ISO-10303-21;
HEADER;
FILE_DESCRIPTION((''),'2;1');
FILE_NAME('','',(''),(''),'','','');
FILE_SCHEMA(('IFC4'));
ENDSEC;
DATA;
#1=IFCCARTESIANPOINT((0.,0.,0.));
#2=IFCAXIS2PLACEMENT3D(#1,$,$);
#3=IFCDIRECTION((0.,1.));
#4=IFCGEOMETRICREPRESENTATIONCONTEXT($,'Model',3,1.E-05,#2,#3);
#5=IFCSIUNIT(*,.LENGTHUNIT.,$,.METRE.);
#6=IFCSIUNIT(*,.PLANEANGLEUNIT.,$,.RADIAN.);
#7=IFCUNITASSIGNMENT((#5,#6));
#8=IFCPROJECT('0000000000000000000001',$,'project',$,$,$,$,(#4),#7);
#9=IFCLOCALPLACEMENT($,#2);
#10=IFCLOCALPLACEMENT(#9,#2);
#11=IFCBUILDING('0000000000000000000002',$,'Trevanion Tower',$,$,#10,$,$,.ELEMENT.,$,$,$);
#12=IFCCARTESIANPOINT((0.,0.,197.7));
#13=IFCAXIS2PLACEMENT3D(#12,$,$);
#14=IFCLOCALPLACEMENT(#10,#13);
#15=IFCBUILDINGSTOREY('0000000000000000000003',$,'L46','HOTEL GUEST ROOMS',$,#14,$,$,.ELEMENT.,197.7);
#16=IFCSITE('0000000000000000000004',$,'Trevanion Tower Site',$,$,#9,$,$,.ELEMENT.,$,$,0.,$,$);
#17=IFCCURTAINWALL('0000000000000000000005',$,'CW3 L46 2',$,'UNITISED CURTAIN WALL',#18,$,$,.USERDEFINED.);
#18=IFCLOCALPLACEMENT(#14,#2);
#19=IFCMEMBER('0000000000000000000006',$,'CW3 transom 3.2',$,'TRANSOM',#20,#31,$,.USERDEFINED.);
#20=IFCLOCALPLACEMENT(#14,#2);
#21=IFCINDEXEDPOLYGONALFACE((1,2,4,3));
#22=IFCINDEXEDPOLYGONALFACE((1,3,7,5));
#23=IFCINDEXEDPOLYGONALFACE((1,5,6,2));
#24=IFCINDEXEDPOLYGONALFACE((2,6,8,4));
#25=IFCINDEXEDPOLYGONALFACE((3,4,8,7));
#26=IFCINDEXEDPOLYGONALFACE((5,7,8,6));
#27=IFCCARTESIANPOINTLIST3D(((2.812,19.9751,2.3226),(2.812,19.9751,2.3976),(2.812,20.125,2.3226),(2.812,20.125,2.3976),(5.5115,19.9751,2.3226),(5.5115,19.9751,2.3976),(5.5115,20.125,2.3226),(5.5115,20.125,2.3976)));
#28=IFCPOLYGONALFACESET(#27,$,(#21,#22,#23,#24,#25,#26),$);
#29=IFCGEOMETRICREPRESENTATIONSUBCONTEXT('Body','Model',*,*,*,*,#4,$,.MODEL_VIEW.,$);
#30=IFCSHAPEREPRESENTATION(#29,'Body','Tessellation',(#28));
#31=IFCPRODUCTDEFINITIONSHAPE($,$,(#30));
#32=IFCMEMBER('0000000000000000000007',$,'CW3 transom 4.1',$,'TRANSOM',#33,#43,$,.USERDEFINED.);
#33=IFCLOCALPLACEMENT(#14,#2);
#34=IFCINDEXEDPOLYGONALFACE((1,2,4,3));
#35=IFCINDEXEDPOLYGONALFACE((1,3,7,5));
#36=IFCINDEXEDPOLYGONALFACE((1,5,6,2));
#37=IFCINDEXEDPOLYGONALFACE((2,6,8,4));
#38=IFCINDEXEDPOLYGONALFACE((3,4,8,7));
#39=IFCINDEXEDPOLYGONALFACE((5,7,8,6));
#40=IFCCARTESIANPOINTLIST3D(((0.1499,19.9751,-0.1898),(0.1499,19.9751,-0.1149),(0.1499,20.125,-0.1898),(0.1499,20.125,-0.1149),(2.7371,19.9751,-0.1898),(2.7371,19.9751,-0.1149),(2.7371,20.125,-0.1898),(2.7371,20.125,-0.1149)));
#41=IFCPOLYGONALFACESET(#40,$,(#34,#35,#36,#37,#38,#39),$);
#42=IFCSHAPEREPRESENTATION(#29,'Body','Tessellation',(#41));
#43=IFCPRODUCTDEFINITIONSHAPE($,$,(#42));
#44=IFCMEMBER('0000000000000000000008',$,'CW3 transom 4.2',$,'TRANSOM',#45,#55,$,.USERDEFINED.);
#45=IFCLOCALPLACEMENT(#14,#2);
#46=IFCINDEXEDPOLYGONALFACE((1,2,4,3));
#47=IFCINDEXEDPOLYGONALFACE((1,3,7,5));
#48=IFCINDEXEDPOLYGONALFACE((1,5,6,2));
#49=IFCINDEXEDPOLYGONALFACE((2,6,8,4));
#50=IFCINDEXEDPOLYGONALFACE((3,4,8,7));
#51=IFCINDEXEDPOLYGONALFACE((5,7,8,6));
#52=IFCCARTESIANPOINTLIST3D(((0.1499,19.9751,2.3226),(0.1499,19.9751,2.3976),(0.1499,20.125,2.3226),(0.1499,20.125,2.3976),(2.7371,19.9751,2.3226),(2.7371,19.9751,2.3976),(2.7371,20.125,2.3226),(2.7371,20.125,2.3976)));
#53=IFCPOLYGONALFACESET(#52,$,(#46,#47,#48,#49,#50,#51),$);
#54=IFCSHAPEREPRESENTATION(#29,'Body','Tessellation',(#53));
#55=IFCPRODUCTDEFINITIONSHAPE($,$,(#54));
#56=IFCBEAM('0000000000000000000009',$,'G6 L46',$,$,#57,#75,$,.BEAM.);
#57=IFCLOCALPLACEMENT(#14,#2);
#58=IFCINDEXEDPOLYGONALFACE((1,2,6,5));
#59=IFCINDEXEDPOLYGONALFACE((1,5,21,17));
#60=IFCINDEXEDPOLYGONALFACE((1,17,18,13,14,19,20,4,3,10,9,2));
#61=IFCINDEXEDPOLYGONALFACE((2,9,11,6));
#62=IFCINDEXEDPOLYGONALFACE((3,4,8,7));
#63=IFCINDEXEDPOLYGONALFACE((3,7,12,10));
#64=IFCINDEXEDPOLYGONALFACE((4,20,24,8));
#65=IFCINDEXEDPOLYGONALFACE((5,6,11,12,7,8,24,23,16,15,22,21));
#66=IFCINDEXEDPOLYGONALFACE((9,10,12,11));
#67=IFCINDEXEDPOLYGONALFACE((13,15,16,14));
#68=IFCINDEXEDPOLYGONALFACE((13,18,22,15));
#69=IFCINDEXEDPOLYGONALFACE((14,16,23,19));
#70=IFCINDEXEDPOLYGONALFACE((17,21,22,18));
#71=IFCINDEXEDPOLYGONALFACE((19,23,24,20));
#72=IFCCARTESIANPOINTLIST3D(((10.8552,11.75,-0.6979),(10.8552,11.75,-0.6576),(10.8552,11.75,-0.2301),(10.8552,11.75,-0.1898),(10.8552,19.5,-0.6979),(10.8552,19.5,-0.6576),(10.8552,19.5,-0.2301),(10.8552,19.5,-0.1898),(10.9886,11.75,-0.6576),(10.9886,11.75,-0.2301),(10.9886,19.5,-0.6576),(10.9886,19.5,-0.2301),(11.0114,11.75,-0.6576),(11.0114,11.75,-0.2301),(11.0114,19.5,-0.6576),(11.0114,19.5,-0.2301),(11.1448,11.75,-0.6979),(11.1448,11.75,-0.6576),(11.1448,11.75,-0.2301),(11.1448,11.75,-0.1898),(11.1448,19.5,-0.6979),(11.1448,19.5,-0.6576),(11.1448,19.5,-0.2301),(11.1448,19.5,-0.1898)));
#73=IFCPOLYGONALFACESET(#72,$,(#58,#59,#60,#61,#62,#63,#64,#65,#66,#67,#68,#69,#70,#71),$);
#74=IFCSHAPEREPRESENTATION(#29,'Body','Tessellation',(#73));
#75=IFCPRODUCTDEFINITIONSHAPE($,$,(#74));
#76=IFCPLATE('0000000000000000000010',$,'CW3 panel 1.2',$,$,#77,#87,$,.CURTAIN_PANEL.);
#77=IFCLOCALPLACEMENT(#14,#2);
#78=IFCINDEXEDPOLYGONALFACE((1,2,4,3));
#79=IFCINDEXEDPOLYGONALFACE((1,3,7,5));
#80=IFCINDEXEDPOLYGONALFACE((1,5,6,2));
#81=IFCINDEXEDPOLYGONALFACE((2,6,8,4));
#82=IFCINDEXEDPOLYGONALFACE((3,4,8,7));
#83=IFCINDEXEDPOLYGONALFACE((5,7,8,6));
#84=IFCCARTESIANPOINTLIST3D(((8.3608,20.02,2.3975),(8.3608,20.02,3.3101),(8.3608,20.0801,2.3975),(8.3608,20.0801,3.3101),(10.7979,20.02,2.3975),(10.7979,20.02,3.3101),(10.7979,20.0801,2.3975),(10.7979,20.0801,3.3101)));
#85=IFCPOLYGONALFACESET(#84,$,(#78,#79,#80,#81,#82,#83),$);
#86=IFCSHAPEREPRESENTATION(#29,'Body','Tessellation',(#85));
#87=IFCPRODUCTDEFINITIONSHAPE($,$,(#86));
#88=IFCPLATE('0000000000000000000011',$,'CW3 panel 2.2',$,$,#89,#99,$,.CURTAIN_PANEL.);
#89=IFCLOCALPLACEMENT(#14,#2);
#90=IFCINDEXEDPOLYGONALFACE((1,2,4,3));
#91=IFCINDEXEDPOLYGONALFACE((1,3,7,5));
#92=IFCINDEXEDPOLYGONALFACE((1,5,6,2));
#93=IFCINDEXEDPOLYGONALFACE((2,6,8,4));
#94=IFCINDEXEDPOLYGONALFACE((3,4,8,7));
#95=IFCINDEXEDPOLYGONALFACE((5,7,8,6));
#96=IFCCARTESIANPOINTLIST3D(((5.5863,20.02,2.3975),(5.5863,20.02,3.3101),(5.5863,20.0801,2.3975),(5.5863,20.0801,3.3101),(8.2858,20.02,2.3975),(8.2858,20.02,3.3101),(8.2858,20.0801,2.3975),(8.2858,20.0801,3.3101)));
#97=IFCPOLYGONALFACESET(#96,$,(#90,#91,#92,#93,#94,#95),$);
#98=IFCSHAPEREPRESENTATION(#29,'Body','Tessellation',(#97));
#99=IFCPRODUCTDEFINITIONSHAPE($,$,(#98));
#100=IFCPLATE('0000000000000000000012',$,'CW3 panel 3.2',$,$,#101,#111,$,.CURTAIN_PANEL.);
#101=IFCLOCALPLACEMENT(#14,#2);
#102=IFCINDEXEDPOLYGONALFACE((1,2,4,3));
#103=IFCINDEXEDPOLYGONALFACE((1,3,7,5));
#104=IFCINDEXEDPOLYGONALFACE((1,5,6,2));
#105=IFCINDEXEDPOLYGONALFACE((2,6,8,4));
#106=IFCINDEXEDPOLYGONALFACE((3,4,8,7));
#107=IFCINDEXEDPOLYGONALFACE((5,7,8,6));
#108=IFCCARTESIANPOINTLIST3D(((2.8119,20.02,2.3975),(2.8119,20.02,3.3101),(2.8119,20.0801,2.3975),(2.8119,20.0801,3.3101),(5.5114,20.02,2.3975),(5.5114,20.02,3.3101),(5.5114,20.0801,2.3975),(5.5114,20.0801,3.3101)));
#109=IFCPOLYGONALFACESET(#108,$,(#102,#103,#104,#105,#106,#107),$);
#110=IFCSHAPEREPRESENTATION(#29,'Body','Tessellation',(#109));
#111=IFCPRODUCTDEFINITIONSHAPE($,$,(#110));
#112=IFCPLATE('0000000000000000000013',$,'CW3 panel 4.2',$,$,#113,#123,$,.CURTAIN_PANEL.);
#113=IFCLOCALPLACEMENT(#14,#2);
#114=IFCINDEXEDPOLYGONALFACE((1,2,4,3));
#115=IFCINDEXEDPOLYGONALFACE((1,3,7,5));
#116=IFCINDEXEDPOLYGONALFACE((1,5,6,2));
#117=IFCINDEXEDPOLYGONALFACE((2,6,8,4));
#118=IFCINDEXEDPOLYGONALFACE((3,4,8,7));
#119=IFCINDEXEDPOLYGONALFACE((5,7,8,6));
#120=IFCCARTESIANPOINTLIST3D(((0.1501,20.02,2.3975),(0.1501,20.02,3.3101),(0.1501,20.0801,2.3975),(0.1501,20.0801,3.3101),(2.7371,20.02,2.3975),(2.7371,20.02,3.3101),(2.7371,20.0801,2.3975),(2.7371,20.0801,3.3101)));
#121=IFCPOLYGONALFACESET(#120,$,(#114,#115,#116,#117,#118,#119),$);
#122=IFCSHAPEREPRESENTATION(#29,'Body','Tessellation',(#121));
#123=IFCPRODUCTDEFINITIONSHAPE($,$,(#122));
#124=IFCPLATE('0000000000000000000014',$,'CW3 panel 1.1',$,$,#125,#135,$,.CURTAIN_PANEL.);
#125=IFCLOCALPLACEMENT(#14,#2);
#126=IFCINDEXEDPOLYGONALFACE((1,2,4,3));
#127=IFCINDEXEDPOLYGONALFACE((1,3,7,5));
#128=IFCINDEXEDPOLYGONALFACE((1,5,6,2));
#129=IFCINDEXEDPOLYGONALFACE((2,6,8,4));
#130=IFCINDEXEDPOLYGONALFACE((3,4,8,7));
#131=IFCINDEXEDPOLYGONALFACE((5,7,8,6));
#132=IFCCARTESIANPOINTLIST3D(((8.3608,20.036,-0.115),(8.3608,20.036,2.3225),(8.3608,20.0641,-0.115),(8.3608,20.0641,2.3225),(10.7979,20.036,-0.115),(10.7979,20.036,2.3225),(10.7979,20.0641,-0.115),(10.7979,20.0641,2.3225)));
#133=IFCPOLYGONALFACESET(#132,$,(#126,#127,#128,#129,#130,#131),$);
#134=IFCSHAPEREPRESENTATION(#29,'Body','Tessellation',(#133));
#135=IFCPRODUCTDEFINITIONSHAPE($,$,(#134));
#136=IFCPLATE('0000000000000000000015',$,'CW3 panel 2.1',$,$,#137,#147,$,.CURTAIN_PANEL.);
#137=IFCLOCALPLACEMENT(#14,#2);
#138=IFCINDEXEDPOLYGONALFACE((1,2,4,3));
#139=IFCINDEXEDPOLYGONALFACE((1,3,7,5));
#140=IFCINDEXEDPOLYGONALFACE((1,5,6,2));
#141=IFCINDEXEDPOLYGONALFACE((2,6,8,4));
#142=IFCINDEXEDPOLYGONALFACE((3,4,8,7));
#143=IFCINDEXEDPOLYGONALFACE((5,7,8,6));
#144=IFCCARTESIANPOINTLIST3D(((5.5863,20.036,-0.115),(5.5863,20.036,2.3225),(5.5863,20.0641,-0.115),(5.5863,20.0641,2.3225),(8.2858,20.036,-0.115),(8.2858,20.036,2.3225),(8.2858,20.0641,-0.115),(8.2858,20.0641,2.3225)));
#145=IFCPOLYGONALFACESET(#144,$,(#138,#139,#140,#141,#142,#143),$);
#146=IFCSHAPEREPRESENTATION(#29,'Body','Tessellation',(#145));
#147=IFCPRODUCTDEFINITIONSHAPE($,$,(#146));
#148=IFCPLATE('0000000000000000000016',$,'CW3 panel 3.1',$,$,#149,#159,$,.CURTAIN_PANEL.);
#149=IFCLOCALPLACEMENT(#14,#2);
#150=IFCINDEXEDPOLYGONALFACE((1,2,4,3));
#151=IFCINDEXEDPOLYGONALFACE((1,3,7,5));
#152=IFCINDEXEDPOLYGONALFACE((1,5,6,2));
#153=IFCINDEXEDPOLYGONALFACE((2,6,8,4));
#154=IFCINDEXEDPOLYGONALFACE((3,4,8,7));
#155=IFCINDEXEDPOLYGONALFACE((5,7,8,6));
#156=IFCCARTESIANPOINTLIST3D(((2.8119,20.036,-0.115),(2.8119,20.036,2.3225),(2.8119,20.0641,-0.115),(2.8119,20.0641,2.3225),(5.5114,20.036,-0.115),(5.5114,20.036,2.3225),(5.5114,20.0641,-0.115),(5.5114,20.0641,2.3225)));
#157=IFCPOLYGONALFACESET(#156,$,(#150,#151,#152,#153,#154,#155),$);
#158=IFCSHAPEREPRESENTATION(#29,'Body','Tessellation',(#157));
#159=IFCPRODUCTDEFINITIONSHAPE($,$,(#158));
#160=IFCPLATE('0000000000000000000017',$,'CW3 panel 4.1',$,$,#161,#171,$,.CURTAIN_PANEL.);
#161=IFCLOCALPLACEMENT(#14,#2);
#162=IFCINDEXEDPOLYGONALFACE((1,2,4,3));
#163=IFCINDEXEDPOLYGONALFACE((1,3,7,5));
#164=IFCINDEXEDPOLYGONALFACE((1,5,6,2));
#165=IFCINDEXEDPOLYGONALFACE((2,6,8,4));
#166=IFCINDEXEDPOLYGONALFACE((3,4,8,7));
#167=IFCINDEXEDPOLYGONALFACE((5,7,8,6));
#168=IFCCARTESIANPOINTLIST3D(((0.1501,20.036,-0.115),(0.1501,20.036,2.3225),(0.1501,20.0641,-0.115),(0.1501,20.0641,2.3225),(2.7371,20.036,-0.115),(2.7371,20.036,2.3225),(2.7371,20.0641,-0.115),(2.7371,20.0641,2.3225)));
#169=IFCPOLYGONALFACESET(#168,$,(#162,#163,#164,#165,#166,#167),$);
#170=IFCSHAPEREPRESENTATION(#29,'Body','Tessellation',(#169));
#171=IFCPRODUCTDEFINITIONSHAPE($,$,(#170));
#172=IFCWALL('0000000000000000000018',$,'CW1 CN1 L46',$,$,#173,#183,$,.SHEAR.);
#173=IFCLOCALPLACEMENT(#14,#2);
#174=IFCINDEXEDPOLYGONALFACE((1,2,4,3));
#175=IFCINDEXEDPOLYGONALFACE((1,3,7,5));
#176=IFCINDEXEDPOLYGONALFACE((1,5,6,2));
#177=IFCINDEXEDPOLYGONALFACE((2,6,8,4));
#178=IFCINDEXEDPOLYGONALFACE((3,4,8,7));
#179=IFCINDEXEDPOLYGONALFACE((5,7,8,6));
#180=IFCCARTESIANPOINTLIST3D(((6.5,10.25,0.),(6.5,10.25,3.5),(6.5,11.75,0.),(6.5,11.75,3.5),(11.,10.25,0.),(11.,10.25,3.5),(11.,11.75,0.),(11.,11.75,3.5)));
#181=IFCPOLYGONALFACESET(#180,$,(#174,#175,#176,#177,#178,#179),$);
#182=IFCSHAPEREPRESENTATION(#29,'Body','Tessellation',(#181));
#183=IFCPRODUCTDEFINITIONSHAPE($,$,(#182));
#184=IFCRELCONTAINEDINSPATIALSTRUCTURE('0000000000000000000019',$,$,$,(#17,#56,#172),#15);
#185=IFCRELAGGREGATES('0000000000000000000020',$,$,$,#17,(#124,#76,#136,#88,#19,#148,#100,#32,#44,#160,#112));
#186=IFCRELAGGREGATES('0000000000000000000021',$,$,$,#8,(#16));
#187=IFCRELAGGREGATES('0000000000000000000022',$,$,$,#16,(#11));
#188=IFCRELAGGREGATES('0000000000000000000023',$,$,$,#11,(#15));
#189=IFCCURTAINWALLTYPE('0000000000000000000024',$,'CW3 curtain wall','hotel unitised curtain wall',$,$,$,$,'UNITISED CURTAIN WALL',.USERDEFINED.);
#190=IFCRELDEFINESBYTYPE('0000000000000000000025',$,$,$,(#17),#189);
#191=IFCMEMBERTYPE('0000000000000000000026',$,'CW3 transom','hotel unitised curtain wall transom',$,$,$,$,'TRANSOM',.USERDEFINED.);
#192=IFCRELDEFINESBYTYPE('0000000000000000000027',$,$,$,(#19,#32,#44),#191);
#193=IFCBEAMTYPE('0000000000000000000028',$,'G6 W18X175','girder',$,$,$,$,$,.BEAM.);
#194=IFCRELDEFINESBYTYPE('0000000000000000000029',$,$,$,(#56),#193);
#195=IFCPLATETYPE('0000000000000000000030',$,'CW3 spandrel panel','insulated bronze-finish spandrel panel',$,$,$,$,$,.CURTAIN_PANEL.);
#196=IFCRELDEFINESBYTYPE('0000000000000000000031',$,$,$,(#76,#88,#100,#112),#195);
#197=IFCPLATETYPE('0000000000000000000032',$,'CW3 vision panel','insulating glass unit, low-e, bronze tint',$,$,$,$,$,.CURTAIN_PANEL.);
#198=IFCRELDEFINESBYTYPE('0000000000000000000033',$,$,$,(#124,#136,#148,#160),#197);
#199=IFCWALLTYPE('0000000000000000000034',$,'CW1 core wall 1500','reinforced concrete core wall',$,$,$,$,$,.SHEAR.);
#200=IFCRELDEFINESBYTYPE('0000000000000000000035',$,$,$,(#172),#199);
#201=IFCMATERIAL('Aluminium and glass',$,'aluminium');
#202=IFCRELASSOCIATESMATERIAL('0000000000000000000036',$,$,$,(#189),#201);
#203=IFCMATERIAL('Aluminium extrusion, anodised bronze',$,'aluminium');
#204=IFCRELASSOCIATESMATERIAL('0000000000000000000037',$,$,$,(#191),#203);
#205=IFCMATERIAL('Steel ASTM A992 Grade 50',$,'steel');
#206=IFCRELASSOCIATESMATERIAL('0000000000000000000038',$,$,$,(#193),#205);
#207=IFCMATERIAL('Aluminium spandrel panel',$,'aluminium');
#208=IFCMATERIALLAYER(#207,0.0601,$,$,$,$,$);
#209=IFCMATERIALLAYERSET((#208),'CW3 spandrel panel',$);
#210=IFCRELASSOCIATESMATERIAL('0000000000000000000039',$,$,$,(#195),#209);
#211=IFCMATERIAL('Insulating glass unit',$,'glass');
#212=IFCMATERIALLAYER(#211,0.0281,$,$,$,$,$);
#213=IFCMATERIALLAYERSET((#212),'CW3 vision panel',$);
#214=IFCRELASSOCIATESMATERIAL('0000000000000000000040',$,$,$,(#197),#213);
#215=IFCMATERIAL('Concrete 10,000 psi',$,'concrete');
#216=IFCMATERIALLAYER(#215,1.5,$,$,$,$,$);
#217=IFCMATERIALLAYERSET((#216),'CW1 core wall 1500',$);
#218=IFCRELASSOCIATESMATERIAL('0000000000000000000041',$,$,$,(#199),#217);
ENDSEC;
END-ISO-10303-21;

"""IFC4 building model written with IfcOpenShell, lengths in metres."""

from ifc_helpers import new_model, si_unit, direction, frame, frame_2d, origin, origin_2d, place, context, subcontext, project, spatial, rectangle, i_section, extrude, material, layer, layer_set, material_profile, profile_set, type_object, element, aggregate, save


model = new_model("IFC4")

# Units and contexts
model_context = context("Model", 3, precision=1e-05, world=origin(), true_north=direction((0.0, 1.0)))
body_context = subcontext(model_context, "Body", "Model", "MODEL_VIEW")
ifc_project = project(units=[si_unit("LENGTHUNIT", "METRE"), si_unit("PLANEANGLEUNIT", "RADIAN")], contexts=[model_context])

# Site, building, storey
site_placement = place(None, origin())
site = spatial("IfcSite", under=ifc_project, at=site_placement, Name="Trevanion Tower Site", CompositionType="ELEMENT", RefElevation=0.0)
building_placement = place(site_placement, origin())
building = spatial("IfcBuilding", under=site, at=building_placement, Name="Trevanion Tower", CompositionType="ELEMENT")
storey_placement = place(building_placement, frame((0.0, 0.0, 197.7)))
storey = spatial("IfcBuildingStorey", under=building, at=storey_placement, Name="L46", Description="HOTEL GUEST ROOMS", CompositionType="ELEMENT", Elevation=197.7)

# Curtain wall, members
ifc_material_1 = material(Name="Aluminium and glass", Category="aluminium")
curtain_wall_type = type_object("IfcCurtainWallType", Name="CW3 curtain wall", Description="hotel unitised curtain wall", ElementType="UNITISED CURTAIN WALL", PredefinedType="USERDEFINED", material=ifc_material_1)
curtain_wall_placement = place(storey_placement, origin())
curtain_wall = element("IfcCurtainWall", 1, at=curtain_wall_placement, inside=storey, type_object=curtain_wall_type, Name="CW3 L46 2", ObjectType="UNITISED CURTAIN WALL", PredefinedType="USERDEFINED")
ifc_material_2 = material(Name="Aluminium extrusion, anodised bronze", Category="aluminium")
ifc_material_profile_1 = material_profile(ifc_material_2, rectangle(XDim=0.1499, YDim=0.075, at=origin_2d()), Name="CW3 transom")
ifc_profile_set_1 = profile_set([ifc_material_profile_1], Name="Aluminium extrusion, anodised bronze")
member_type_1 = type_object("IfcMemberType", Name="CW3 transom", Description="hotel unitised curtain wall transom", ElementType="TRANSOM", PredefinedType="USERDEFINED", material=ifc_profile_set_1)
member_1_placement = place(storey_placement, frame((5.5115, 20.05, 2.3601), z_axis=(-1.0, 0.0, 0.0), x_axis=(0.0, -1.0, 0.0)))
member_1 = element("IfcMember", 2, at=member_1_placement, type_object=member_type_1, Name="CW3 transom 3.2", ObjectType="TRANSOM", PredefinedType="USERDEFINED", context=body_context, shape_type="SweptSolid", body=[
    extrude(rectangle(XDim=0.1499, YDim=0.075, at=origin_2d()), origin(), (0.0, 0.0, 1.0), 2.6995),
])
member_2_placement = place(storey_placement, frame((2.7371, 20.05, -0.1523), z_axis=(-1.0, 0.0, 0.0), x_axis=(0.0, -1.0, 0.0)))
member_2 = element("IfcMember", 3, at=member_2_placement, type_object=member_type_1, Name="CW3 transom 4.1", ObjectType="TRANSOM", PredefinedType="USERDEFINED", context=body_context, shape_type="SweptSolid", body=[
    extrude(rectangle(XDim=0.1499, YDim=0.075, at=origin_2d()), origin(), (0.0, 0.0, 1.0), 2.5872),
])
member_3_placement = place(storey_placement, frame((2.7371, 20.05, 2.3601), z_axis=(-1.0, 0.0, 0.0), x_axis=(0.0, -1.0, 0.0)))
member_3 = element("IfcMember", 4, at=member_3_placement, type_object=member_type_1, Name="CW3 transom 4.2", ObjectType="TRANSOM", PredefinedType="USERDEFINED", context=body_context, shape_type="SweptSolid", body=[
    extrude(rectangle(XDim=0.1499, YDim=0.075, at=origin_2d()), origin(), (0.0, 0.0, 1.0), 2.5872),
])

# Beam
ifc_material_3 = material(Name="Steel ASTM A992 Grade 50", Category="steel")
ifc_material_profile_2 = material_profile(ifc_material_3, i_section(OverallWidth=0.2896, OverallDepth=0.5081, WebThickness=0.0227, FlangeThickness=0.0403, at=origin_2d()), Name="W18X175")
ifc_profile_set_2 = profile_set([ifc_material_profile_2], Name="Steel ASTM A992 Grade 50")
beam_type_1 = type_object("IfcBeamType", Name="G6 W18X175", Description="girder", PredefinedType="BEAM", material=ifc_profile_set_2)
beam_placement = place(storey_placement, frame((11.0, 11.75, -0.4438), z_axis=(0.0, 1.0, 0.0), x_axis=(-1.0, 0.0, 0.0)))
element("IfcBeam", 5, at=beam_placement, inside=storey, type_object=beam_type_1, Name="G6 L46", PredefinedType="BEAM", context=body_context, shape_type="SweptSolid", body=[
    extrude(i_section(OverallWidth=0.2896, OverallDepth=0.5081, WebThickness=0.0227, FlangeThickness=0.0403, at=origin_2d()), origin(), (0.0, 0.0, 1.0), 7.75),
])

# Plates
ifc_material_4 = material(Name="Aluminium spandrel panel", Category="aluminium")
ifc_layer_1 = layer(ifc_material_4, 0.0601)
ifc_layer_set_1 = layer_set([ifc_layer_1], Name="CW3 spandrel panel")
plate_type_1 = type_object("IfcPlateType", Name="CW3 spandrel panel", Description="insulated bronze-finish spandrel panel", PredefinedType="CURTAIN_PANEL", material=ifc_layer_set_1)
plate_1_placement = place(storey_placement, frame((9.5793, 20.05, 2.3975), z_axis=(0.0, 0.0, 1.0), x_axis=(-1.0, 0.0, 0.0)))
plate_1 = element("IfcPlate", 6, at=plate_1_placement, type_object=plate_type_1, Name="CW3 panel 1.2", PredefinedType="CURTAIN_PANEL", context=body_context, shape_type="SweptSolid", body=[
    extrude(rectangle(XDim=2.437, YDim=0.0601, at=origin_2d()), origin(), (0.0, 0.0, 1.0), 0.9126),
])
plate_2_placement = place(storey_placement, frame((6.936, 20.05, 2.3975), z_axis=(0.0, 0.0, 1.0), x_axis=(-1.0, 0.0, 0.0)))
plate_2 = element("IfcPlate", 7, at=plate_2_placement, type_object=plate_type_1, Name="CW3 panel 2.2", PredefinedType="CURTAIN_PANEL", context=body_context, shape_type="SweptSolid", body=[
    extrude(rectangle(XDim=2.6995, YDim=0.0601, at=origin_2d()), origin(), (0.0, 0.0, 1.0), 0.9126),
])
plate_3_placement = place(storey_placement, frame((4.1616, 20.05, 2.3975), z_axis=(0.0, 0.0, 1.0), x_axis=(-1.0, 0.0, 0.0)))
plate_3 = element("IfcPlate", 8, at=plate_3_placement, type_object=plate_type_1, Name="CW3 panel 3.2", PredefinedType="CURTAIN_PANEL", context=body_context, shape_type="SweptSolid", body=[
    extrude(rectangle(XDim=2.6995, YDim=0.0601, at=origin_2d()), origin(), (0.0, 0.0, 1.0), 0.9126),
])
plate_4_placement = place(storey_placement, frame((1.4436, 20.05, 2.3975), z_axis=(0.0, 0.0, 1.0), x_axis=(-1.0, 0.0, 0.0)))
plate_4 = element("IfcPlate", 9, at=plate_4_placement, type_object=plate_type_1, Name="CW3 panel 4.2", PredefinedType="CURTAIN_PANEL", context=body_context, shape_type="SweptSolid", body=[
    extrude(rectangle(XDim=2.5869, YDim=0.0601, at=origin_2d()), origin(), (0.0, 0.0, 1.0), 0.9126),
])
ifc_material_5 = material(Name="Insulating glass unit", Category="glass")
ifc_layer_2 = layer(ifc_material_5, 0.0281)
ifc_layer_set_2 = layer_set([ifc_layer_2], Name="CW3 vision panel")
plate_type_2 = type_object("IfcPlateType", Name="CW3 vision panel", Description="insulating glass unit, low-e, bronze tint", PredefinedType="CURTAIN_PANEL", material=ifc_layer_set_2)
plate_5_placement = place(storey_placement, frame((9.5793, 20.05, -0.115), z_axis=(0.0, 0.0, 1.0), x_axis=(-1.0, 0.0, 0.0)))
plate_5 = element("IfcPlate", 10, at=plate_5_placement, type_object=plate_type_2, Name="CW3 panel 1.1", PredefinedType="CURTAIN_PANEL", context=body_context, shape_type="SweptSolid", body=[
    extrude(rectangle(XDim=2.437, YDim=0.0281, at=origin_2d()), origin(), (0.0, 0.0, 1.0), 2.4375),
])
plate_6_placement = place(storey_placement, frame((6.936, 20.05, -0.115), z_axis=(0.0, 0.0, 1.0), x_axis=(-1.0, 0.0, 0.0)))
plate_6 = element("IfcPlate", 11, at=plate_6_placement, type_object=plate_type_2, Name="CW3 panel 2.1", PredefinedType="CURTAIN_PANEL", context=body_context, shape_type="SweptSolid", body=[
    extrude(rectangle(XDim=2.6995, YDim=0.0281, at=origin_2d()), origin(), (0.0, 0.0, 1.0), 2.4375),
])
plate_7_placement = place(storey_placement, frame((4.1616, 20.05, -0.115), z_axis=(0.0, 0.0, 1.0), x_axis=(-1.0, 0.0, 0.0)))
plate_7 = element("IfcPlate", 12, at=plate_7_placement, type_object=plate_type_2, Name="CW3 panel 3.1", PredefinedType="CURTAIN_PANEL", context=body_context, shape_type="SweptSolid", body=[
    extrude(rectangle(XDim=2.6995, YDim=0.0281, at=origin_2d()), origin(), (0.0, 0.0, 1.0), 2.4375),
])
plate_8_placement = place(storey_placement, frame((1.4436, 20.05, -0.115), z_axis=(0.0, 0.0, 1.0), x_axis=(-1.0, 0.0, 0.0)))
plate_8 = element("IfcPlate", 13, at=plate_8_placement, type_object=plate_type_2, Name="CW3 panel 4.1", PredefinedType="CURTAIN_PANEL", context=body_context, shape_type="SweptSolid", body=[
    extrude(rectangle(XDim=2.5869, YDim=0.0281, at=origin_2d()), origin(), (0.0, 0.0, 1.0), 2.4375),
])
aggregate(curtain_wall, [plate_5, plate_1, plate_6, plate_2, member_1, plate_7, plate_3, member_2, member_3, plate_8, plate_4])

# Wall
ifc_material_6 = material(Name="Concrete 10,000 psi", Category="concrete")
ifc_layer_3 = layer(ifc_material_6, 1.5)
ifc_layer_set_3 = layer_set([ifc_layer_3], Name="CW1 core wall 1500")
wall_type_1 = type_object("IfcWallType", Name="CW1 core wall 1500", Description="reinforced concrete core wall", PredefinedType="SHEAR", material=ifc_layer_set_3)
wall_1_placement = place(storey_placement, frame((11.0, 11.0, 0.0), z_axis=(0.0, 0.0, 1.0), x_axis=(-1.0, 0.0, 0.0)))
element("IfcWall", 14, at=wall_1_placement, inside=storey, type_object=wall_type_1, Name="CW1 CN1 L46", PredefinedType="SHEAR", context=body_context, shape_type="SweptSolid", body=[
    extrude(rectangle(XDim=4.5, YDim=1.5, at=frame_2d((2.25, 0.0))), origin(), (0.0, 0.0, 1.0), 3.5),
])

save(model, "model.ifc")
